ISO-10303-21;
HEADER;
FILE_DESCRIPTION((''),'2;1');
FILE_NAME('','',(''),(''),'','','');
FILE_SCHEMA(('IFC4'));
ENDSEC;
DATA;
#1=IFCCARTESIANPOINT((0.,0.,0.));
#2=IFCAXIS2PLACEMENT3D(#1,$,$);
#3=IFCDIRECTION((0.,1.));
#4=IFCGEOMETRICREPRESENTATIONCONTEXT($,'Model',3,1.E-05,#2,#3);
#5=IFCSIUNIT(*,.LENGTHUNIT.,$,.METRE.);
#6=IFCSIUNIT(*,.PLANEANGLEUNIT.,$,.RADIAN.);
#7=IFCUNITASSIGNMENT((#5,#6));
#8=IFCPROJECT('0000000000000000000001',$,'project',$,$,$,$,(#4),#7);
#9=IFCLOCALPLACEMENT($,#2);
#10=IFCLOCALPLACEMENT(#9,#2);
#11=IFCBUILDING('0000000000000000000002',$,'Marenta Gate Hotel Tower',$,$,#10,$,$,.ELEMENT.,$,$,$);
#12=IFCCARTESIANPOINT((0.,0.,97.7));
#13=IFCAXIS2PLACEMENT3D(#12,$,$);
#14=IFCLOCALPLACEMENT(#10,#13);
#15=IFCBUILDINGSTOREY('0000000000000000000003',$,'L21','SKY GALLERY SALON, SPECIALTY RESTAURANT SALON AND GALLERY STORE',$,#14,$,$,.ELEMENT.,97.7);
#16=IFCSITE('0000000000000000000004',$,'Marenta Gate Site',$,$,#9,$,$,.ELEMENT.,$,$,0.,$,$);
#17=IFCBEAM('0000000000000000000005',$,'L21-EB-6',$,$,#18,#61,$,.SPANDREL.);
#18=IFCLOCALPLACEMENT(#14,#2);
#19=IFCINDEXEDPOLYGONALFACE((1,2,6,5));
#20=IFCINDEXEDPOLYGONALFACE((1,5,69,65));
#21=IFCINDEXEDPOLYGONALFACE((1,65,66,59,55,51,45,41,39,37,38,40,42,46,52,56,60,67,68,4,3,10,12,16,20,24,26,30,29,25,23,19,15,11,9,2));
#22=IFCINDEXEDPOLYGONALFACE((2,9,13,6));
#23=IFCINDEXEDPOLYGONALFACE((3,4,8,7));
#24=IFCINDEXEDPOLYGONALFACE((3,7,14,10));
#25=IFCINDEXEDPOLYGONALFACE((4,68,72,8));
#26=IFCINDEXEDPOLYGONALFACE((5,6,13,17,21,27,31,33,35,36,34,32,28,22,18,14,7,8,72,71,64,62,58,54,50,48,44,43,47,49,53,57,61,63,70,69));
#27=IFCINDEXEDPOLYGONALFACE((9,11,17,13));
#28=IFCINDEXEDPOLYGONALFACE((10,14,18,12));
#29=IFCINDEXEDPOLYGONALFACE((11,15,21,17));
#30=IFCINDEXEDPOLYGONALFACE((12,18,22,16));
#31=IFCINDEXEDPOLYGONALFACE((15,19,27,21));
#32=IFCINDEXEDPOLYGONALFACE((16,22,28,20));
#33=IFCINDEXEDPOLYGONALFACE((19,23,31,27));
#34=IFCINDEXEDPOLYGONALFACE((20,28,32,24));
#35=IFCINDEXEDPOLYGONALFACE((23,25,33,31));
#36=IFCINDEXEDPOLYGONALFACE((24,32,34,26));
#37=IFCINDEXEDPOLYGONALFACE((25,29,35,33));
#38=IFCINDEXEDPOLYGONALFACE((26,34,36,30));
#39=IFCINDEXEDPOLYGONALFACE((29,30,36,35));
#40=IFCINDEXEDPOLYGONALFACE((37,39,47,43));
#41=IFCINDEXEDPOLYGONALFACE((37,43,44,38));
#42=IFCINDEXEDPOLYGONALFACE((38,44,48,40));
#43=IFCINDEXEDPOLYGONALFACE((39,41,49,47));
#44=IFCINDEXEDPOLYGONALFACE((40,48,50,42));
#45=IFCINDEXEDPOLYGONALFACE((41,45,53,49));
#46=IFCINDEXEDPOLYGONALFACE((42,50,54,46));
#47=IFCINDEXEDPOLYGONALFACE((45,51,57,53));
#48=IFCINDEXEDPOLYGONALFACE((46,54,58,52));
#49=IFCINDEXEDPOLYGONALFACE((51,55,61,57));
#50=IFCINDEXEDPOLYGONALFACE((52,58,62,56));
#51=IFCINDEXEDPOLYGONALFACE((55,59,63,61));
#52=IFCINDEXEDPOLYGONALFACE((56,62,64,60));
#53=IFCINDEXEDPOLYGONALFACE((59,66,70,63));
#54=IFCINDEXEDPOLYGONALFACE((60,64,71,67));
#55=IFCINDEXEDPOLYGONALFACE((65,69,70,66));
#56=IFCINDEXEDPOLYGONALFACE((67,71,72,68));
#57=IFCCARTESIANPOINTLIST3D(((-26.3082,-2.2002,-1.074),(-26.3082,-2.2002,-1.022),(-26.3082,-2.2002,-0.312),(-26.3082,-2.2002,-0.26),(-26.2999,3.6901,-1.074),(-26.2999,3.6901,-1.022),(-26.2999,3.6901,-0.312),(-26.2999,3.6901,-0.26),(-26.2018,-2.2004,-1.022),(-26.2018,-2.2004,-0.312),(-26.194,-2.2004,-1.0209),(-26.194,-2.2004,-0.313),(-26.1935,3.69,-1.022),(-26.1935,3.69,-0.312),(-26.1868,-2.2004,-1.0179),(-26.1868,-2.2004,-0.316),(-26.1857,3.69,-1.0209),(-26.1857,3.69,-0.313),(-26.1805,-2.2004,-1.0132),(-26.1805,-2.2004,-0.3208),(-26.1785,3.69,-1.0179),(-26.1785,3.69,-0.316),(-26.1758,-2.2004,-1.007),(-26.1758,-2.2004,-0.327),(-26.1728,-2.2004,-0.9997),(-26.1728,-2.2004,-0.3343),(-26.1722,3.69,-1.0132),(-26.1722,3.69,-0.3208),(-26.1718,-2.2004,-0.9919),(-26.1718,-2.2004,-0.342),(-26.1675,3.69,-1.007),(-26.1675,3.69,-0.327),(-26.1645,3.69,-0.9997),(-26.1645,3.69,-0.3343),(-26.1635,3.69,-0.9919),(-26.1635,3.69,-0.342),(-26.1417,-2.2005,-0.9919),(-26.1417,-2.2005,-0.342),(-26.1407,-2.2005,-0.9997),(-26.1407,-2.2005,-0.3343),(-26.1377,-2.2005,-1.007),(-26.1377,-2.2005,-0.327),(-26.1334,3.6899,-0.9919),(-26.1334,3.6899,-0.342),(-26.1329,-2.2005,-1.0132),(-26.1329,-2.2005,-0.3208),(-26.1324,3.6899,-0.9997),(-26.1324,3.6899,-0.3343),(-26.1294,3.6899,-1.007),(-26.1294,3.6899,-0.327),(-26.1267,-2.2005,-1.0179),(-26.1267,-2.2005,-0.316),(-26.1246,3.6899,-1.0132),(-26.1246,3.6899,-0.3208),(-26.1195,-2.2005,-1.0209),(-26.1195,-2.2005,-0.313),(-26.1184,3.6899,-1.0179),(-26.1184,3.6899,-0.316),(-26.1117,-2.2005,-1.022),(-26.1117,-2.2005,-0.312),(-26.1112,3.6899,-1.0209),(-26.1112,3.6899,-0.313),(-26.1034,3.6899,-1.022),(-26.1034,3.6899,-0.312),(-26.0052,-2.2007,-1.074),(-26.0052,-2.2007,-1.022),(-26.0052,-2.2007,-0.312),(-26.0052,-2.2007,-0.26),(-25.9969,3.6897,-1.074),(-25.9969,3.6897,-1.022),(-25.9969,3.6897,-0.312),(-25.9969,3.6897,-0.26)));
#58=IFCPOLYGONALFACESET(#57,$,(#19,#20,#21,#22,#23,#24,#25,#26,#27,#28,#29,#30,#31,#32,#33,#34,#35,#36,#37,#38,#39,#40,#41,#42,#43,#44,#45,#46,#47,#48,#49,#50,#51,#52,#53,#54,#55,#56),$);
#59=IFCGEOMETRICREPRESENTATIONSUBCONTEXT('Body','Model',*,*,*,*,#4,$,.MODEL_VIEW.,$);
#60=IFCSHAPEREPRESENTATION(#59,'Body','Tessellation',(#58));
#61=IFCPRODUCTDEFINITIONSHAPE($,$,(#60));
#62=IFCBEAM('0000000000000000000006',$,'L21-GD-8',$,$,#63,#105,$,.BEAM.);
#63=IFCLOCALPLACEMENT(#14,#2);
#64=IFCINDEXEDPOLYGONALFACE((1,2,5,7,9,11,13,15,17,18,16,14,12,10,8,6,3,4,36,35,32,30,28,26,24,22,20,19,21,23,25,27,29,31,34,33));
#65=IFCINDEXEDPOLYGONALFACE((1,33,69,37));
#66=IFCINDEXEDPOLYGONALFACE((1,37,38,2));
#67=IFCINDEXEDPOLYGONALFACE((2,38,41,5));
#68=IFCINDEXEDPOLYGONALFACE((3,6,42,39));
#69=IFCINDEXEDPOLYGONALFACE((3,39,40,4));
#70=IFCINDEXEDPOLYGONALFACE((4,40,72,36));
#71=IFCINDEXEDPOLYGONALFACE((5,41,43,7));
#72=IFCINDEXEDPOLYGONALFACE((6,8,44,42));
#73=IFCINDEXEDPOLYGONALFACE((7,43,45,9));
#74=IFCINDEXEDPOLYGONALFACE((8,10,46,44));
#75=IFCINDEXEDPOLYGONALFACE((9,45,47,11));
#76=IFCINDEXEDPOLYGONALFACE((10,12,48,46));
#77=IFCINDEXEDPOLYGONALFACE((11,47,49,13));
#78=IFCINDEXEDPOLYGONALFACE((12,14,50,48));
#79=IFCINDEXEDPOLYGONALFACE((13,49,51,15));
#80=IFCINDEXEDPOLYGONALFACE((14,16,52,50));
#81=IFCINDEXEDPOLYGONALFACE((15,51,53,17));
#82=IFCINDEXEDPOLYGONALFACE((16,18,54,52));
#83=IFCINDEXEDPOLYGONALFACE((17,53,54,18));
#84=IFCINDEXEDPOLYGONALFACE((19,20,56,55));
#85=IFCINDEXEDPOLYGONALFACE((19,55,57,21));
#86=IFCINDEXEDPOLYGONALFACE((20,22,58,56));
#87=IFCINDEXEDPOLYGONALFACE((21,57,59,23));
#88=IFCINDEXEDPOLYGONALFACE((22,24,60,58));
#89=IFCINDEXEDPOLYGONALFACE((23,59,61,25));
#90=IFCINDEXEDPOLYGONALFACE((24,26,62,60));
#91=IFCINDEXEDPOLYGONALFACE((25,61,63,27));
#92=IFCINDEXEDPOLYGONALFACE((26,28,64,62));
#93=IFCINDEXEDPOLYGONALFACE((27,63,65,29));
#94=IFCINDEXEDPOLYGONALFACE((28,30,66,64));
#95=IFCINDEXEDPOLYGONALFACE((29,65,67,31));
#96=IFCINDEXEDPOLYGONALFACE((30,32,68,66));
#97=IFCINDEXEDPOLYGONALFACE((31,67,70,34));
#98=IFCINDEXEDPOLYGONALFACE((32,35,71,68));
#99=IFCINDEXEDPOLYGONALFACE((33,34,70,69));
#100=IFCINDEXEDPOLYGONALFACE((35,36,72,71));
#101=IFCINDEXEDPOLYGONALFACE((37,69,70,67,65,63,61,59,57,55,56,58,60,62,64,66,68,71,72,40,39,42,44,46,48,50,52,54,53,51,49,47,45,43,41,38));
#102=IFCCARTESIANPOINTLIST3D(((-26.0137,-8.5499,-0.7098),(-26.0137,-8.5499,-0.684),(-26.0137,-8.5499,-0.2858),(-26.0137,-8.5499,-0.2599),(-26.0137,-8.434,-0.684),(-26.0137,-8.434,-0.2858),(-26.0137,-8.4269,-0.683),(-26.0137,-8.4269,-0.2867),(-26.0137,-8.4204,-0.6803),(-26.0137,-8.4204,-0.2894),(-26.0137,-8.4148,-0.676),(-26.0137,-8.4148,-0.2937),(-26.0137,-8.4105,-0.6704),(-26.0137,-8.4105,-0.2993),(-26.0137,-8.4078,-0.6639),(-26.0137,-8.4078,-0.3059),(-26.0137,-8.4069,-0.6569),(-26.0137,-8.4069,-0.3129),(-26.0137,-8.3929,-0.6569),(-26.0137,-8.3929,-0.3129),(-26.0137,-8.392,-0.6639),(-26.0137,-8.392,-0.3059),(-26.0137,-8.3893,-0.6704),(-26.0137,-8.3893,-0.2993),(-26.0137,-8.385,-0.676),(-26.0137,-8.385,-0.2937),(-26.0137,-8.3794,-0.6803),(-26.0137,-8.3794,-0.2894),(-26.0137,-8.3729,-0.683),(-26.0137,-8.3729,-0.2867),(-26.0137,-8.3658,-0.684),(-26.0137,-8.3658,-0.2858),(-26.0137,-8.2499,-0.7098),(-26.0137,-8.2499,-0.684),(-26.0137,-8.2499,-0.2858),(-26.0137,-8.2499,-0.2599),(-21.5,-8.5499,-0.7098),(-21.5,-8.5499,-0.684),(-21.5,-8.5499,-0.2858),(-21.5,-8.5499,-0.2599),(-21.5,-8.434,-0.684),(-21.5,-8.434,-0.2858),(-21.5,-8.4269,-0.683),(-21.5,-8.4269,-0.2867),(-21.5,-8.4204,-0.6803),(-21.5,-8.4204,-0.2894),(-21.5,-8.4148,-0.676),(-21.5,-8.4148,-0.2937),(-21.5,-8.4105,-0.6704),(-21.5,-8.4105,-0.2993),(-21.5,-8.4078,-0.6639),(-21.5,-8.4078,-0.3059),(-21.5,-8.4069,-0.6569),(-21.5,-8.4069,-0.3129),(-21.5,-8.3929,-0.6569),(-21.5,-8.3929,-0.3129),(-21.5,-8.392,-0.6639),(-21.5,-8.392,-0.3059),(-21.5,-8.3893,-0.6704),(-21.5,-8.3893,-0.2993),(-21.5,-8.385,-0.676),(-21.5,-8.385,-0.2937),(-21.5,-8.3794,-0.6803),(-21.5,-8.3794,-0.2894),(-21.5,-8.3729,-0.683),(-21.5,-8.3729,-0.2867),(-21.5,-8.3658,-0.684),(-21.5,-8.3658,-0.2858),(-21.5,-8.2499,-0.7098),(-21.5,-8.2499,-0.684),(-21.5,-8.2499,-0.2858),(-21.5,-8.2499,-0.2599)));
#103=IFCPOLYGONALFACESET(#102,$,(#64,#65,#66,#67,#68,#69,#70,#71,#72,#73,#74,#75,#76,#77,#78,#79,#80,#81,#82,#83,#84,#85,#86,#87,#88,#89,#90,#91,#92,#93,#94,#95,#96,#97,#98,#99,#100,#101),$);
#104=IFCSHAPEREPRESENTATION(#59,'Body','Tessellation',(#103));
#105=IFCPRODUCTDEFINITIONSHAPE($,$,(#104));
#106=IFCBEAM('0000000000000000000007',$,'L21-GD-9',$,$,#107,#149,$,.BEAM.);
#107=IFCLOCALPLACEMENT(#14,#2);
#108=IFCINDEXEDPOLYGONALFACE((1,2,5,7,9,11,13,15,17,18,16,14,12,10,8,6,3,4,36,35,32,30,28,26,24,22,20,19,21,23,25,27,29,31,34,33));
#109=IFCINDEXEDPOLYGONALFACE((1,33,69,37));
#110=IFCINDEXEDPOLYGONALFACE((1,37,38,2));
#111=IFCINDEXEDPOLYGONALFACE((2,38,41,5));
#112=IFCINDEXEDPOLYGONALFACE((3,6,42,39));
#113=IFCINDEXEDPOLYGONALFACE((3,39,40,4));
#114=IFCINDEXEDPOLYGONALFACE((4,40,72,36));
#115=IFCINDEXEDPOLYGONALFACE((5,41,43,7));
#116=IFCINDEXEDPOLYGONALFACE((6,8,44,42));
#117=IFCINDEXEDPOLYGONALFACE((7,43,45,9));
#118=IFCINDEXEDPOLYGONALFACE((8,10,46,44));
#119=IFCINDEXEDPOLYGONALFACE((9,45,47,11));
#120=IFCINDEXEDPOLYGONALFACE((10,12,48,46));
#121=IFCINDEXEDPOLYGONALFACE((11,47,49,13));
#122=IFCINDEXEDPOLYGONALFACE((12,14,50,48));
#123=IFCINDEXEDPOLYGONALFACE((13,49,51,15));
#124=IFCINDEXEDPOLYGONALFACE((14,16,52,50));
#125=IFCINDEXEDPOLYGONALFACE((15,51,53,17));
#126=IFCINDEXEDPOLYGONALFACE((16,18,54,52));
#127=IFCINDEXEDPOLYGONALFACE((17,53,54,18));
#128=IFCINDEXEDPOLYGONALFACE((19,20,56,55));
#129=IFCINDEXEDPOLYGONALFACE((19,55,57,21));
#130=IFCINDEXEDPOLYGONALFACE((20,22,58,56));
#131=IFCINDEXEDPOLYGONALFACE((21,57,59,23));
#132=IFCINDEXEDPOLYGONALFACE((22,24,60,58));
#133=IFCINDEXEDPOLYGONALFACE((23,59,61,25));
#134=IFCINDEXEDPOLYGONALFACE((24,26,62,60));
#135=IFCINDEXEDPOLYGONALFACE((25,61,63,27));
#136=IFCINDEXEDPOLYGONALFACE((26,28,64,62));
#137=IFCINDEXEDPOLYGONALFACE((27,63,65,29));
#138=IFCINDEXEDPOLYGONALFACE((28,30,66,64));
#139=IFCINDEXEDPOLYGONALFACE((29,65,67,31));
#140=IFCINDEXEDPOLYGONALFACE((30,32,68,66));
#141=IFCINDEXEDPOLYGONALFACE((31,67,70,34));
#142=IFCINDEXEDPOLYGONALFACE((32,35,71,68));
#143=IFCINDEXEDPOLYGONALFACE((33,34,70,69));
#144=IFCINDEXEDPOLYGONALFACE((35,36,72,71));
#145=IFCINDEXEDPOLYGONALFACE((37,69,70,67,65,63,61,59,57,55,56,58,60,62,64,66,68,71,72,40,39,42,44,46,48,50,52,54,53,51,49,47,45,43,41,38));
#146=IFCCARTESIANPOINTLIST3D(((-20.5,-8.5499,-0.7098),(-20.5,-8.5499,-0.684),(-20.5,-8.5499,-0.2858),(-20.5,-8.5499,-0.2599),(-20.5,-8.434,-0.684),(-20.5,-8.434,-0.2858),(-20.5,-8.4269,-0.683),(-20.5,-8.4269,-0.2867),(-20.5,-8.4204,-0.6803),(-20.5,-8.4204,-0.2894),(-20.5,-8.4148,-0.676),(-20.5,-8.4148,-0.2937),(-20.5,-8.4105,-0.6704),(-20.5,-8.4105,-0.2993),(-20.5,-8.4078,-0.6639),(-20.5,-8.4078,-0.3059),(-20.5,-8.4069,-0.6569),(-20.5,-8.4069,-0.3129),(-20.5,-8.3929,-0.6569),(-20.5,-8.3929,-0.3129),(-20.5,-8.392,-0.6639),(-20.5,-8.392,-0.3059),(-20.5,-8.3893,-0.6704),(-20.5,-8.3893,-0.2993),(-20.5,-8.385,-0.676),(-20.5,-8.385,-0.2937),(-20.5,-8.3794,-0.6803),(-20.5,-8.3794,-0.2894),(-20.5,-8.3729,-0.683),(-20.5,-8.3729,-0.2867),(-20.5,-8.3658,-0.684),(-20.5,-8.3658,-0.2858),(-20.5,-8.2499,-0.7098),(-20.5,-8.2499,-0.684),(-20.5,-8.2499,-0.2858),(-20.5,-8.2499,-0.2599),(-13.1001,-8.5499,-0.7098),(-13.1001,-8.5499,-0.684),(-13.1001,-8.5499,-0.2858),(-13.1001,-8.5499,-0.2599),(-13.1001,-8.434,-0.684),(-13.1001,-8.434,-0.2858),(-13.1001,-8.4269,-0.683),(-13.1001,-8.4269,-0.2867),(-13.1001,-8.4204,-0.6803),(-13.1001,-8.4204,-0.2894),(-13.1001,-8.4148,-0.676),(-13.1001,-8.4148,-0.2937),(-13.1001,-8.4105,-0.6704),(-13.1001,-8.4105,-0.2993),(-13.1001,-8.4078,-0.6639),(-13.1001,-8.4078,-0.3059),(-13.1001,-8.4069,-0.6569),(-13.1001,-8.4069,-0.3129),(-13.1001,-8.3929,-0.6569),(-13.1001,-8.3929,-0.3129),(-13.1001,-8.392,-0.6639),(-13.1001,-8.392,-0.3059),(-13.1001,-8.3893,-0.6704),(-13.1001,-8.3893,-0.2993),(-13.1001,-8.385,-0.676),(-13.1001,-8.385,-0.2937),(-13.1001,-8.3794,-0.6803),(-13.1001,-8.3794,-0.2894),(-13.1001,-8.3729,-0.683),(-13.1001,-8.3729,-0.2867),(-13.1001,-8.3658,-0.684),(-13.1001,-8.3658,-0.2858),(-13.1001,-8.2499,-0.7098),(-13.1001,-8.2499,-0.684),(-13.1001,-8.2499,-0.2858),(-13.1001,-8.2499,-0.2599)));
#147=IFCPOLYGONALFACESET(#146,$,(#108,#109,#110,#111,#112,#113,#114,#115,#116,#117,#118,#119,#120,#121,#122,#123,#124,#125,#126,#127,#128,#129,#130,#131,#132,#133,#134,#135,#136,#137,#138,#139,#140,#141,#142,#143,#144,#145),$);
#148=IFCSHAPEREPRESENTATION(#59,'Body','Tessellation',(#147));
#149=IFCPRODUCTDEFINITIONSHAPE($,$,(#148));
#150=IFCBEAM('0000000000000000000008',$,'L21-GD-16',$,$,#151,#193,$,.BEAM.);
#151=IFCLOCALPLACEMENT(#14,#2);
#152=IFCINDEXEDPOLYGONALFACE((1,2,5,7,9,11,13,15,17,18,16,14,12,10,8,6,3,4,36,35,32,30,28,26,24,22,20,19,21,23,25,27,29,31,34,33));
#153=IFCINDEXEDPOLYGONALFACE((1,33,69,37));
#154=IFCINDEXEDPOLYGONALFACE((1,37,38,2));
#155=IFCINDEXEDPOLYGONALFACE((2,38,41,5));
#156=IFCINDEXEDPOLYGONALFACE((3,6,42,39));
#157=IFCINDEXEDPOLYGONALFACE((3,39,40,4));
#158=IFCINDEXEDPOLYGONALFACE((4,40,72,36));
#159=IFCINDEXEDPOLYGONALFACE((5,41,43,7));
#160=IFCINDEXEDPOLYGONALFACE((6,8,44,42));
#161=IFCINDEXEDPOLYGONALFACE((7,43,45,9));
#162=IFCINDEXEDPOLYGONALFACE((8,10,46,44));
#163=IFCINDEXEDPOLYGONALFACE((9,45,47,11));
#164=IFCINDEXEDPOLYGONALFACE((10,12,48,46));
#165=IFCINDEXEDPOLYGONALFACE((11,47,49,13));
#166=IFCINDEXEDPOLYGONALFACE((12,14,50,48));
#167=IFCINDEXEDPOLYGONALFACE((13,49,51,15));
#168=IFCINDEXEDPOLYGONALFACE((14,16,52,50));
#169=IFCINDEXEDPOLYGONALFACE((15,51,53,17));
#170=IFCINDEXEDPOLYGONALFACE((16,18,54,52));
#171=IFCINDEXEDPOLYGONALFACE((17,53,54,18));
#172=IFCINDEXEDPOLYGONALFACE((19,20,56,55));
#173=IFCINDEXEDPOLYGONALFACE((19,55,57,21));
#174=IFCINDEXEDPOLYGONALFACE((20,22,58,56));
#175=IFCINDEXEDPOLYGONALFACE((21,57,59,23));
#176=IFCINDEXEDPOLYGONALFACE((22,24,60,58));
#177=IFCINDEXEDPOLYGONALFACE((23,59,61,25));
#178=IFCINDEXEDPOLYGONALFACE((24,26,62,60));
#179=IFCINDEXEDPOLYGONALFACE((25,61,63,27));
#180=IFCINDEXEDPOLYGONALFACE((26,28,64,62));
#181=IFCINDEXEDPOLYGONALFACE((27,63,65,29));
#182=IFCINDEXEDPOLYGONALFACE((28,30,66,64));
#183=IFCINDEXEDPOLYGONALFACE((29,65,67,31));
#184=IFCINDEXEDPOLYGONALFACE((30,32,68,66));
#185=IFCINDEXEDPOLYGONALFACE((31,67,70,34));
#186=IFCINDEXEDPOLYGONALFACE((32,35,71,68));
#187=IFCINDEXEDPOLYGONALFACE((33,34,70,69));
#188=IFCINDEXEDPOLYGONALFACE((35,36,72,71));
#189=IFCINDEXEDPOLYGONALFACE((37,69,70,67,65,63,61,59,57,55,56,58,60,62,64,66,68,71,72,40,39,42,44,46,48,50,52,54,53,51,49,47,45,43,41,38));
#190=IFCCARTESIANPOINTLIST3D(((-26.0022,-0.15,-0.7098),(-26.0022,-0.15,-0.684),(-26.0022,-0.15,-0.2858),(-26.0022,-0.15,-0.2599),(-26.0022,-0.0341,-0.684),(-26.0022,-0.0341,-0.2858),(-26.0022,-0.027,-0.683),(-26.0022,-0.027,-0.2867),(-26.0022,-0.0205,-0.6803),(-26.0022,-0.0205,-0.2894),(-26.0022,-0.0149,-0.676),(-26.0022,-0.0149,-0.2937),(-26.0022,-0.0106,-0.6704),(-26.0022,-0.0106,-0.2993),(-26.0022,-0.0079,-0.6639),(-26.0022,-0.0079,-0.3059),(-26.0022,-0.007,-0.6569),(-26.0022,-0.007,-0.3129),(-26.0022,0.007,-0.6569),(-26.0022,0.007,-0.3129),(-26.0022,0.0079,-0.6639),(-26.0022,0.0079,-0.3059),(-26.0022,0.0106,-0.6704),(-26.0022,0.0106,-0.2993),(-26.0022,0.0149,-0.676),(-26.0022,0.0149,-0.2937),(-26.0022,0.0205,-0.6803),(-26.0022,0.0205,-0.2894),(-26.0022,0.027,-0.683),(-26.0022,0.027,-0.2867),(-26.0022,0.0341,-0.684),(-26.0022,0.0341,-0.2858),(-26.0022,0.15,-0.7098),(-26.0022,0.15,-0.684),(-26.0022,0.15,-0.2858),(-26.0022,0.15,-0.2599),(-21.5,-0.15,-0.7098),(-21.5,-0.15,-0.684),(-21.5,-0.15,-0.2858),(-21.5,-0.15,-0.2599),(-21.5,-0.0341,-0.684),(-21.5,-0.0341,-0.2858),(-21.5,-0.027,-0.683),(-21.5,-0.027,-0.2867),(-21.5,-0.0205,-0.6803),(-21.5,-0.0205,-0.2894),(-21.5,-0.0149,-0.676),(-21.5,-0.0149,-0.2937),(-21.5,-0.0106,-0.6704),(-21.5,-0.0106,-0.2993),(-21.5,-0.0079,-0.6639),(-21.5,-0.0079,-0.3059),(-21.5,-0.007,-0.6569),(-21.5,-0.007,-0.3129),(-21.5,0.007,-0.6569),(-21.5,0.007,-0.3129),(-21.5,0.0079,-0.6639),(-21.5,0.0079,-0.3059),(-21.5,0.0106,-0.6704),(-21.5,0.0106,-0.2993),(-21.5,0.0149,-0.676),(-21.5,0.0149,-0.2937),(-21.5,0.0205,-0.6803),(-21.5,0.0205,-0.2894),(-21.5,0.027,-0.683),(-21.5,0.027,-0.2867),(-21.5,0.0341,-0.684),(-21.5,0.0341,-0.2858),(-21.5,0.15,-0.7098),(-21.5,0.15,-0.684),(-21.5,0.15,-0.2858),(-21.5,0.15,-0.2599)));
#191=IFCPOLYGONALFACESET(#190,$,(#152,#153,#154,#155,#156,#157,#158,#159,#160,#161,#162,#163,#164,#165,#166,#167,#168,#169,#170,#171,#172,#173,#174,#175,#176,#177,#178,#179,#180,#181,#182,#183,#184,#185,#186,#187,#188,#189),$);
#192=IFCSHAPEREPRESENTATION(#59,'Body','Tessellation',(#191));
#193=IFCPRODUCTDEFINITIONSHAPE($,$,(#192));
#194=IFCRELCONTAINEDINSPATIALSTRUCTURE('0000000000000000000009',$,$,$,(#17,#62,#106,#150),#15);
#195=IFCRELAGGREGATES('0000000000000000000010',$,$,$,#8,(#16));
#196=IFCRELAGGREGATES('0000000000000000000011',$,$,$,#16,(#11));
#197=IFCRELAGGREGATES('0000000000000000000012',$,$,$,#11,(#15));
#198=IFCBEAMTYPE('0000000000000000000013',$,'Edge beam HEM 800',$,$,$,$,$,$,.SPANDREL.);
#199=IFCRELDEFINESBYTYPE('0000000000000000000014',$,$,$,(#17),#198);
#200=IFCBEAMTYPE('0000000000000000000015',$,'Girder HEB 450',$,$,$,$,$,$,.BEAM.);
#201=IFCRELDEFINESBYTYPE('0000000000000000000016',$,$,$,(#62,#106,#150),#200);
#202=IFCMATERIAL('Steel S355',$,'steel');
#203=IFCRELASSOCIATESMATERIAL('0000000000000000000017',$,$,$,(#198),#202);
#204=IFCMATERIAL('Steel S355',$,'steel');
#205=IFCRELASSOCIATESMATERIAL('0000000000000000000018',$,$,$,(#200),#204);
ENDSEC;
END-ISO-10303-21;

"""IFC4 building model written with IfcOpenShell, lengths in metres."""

from ifc_helpers import new_model, si_unit, direction, frame, origin, origin_2d, place, context, subcontext, project, spatial, i_section, extrude, material, material_profile, profile_set, type_object, element, save


model = new_model("IFC4")

# Units and contexts
model_context = context("Model", 3, precision=1e-05, world=origin(), true_north=direction((0.0, 1.0)))
body_context = subcontext(model_context, "Body", "Model", "MODEL_VIEW")
ifc_project = project(units=[si_unit("LENGTHUNIT", "METRE"), si_unit("PLANEANGLEUNIT", "RADIAN")], contexts=[model_context])

# Site, building, storey
site_placement = place(None, origin())
site = spatial("IfcSite", under=ifc_project, at=site_placement, Name="Marenta Gate Site", CompositionType="ELEMENT", RefElevation=0.0)
building_placement = place(site_placement, origin())
building = spatial("IfcBuilding", under=site, at=building_placement, Name="Marenta Gate Hotel Tower", CompositionType="ELEMENT")
storey_placement = place(building_placement, frame((0.0, 0.0, 97.7)))
storey = spatial("IfcBuildingStorey", under=building, at=storey_placement, Name="L21", Description="SKY GALLERY SALON, SPECIALTY RESTAURANT SALON AND GALLERY STORE", CompositionType="ELEMENT", Elevation=97.7)

# Beams
ifc_material_1 = material(Name="Steel S355", Category="steel")
ifc_material_profile_1 = material_profile(ifc_material_1, i_section(OverallWidth=0.303, OverallDepth=0.814, WebThickness=0.03, FlangeThickness=0.052, FilletRadius=0.03, at=origin_2d()), Name="HEM 800")
ifc_profile_set_1 = profile_set([ifc_material_profile_1], Name="Steel S355")
beam_type_1 = type_object("IfcBeamType", Name="Edge beam HEM 800", PredefinedType="SPANDREL", material=ifc_profile_set_1)
beam_1_placement = place(storey_placement, frame((-26.1567, -2.2004, -0.667), z_axis=(0.001409, 0.999999, 0.0), x_axis=(-0.999999, 0.001409, 0.0)))
element("IfcBeam", 1, at=beam_1_placement, inside=storey, type_object=beam_type_1, Name="L21-EB-6", PredefinedType="SPANDREL", context=body_context, shape_type="SweptSolid", body=[
    extrude(i_section(OverallWidth=0.303, OverallDepth=0.814, WebThickness=0.03, FlangeThickness=0.052, FilletRadius=0.03, at=origin_2d()), origin(), (0.0, 0.0, 1.0), 5.8904),
])
ifc_material_2 = material(Name="Steel S355", Category="steel")
ifc_material_profile_2 = material_profile(ifc_material_2, i_section(OverallWidth=0.3, OverallDepth=0.45, WebThickness=0.0139, FlangeThickness=0.0259, FilletRadius=0.0271, at=origin_2d()), Name="HEB 450")
ifc_profile_set_2 = profile_set([ifc_material_profile_2], Name="Steel S355")
beam_type_2 = type_object("IfcBeamType", Name="Girder HEB 450", PredefinedType="BEAM", material=ifc_profile_set_2)
beam_2_placement = place(storey_placement, frame((-26.0137, -8.3999, -0.4849), z_axis=(1.0, 0.0, 0.0), x_axis=(0.0, 1.0, 0.0)))
element("IfcBeam", 2, at=beam_2_placement, inside=storey, type_object=beam_type_2, Name="L21-GD-8", PredefinedType="BEAM", context=body_context, shape_type="SweptSolid", body=[
    extrude(i_section(OverallWidth=0.3, OverallDepth=0.45, WebThickness=0.0139, FlangeThickness=0.0259, FilletRadius=0.0271, at=origin_2d()), origin(), (0.0, 0.0, 1.0), 4.5137),
])
beam_3_placement = place(storey_placement, frame((-20.5, -8.3999, -0.4849), z_axis=(1.0, 0.0, 0.0), x_axis=(0.0, 1.0, 0.0)))
element("IfcBeam", 3, at=beam_3_placement, inside=storey, type_object=beam_type_2, Name="L21-GD-9", PredefinedType="BEAM", context=body_context, shape_type="SweptSolid", body=[
    extrude(i_section(OverallWidth=0.3, OverallDepth=0.45, WebThickness=0.0139, FlangeThickness=0.0259, FilletRadius=0.0271, at=origin_2d()), origin(), (0.0, 0.0, 1.0), 7.3999),
])
beam_4_placement = place(storey_placement, frame((-26.0022, 0.0, -0.4849), z_axis=(1.0, 0.0, 0.0), x_axis=(0.0, 1.0, 0.0)))
element("IfcBeam", 4, at=beam_4_placement, inside=storey, type_object=beam_type_2, Name="L21-GD-16", PredefinedType="BEAM", context=body_context, shape_type="SweptSolid", body=[
    extrude(i_section(OverallWidth=0.3, OverallDepth=0.45, WebThickness=0.0139, FlangeThickness=0.0259, FilletRadius=0.0271, at=origin_2d()), origin(), (0.0, 0.0, 1.0), 4.5022),
])

save(model, "model.ifc")
